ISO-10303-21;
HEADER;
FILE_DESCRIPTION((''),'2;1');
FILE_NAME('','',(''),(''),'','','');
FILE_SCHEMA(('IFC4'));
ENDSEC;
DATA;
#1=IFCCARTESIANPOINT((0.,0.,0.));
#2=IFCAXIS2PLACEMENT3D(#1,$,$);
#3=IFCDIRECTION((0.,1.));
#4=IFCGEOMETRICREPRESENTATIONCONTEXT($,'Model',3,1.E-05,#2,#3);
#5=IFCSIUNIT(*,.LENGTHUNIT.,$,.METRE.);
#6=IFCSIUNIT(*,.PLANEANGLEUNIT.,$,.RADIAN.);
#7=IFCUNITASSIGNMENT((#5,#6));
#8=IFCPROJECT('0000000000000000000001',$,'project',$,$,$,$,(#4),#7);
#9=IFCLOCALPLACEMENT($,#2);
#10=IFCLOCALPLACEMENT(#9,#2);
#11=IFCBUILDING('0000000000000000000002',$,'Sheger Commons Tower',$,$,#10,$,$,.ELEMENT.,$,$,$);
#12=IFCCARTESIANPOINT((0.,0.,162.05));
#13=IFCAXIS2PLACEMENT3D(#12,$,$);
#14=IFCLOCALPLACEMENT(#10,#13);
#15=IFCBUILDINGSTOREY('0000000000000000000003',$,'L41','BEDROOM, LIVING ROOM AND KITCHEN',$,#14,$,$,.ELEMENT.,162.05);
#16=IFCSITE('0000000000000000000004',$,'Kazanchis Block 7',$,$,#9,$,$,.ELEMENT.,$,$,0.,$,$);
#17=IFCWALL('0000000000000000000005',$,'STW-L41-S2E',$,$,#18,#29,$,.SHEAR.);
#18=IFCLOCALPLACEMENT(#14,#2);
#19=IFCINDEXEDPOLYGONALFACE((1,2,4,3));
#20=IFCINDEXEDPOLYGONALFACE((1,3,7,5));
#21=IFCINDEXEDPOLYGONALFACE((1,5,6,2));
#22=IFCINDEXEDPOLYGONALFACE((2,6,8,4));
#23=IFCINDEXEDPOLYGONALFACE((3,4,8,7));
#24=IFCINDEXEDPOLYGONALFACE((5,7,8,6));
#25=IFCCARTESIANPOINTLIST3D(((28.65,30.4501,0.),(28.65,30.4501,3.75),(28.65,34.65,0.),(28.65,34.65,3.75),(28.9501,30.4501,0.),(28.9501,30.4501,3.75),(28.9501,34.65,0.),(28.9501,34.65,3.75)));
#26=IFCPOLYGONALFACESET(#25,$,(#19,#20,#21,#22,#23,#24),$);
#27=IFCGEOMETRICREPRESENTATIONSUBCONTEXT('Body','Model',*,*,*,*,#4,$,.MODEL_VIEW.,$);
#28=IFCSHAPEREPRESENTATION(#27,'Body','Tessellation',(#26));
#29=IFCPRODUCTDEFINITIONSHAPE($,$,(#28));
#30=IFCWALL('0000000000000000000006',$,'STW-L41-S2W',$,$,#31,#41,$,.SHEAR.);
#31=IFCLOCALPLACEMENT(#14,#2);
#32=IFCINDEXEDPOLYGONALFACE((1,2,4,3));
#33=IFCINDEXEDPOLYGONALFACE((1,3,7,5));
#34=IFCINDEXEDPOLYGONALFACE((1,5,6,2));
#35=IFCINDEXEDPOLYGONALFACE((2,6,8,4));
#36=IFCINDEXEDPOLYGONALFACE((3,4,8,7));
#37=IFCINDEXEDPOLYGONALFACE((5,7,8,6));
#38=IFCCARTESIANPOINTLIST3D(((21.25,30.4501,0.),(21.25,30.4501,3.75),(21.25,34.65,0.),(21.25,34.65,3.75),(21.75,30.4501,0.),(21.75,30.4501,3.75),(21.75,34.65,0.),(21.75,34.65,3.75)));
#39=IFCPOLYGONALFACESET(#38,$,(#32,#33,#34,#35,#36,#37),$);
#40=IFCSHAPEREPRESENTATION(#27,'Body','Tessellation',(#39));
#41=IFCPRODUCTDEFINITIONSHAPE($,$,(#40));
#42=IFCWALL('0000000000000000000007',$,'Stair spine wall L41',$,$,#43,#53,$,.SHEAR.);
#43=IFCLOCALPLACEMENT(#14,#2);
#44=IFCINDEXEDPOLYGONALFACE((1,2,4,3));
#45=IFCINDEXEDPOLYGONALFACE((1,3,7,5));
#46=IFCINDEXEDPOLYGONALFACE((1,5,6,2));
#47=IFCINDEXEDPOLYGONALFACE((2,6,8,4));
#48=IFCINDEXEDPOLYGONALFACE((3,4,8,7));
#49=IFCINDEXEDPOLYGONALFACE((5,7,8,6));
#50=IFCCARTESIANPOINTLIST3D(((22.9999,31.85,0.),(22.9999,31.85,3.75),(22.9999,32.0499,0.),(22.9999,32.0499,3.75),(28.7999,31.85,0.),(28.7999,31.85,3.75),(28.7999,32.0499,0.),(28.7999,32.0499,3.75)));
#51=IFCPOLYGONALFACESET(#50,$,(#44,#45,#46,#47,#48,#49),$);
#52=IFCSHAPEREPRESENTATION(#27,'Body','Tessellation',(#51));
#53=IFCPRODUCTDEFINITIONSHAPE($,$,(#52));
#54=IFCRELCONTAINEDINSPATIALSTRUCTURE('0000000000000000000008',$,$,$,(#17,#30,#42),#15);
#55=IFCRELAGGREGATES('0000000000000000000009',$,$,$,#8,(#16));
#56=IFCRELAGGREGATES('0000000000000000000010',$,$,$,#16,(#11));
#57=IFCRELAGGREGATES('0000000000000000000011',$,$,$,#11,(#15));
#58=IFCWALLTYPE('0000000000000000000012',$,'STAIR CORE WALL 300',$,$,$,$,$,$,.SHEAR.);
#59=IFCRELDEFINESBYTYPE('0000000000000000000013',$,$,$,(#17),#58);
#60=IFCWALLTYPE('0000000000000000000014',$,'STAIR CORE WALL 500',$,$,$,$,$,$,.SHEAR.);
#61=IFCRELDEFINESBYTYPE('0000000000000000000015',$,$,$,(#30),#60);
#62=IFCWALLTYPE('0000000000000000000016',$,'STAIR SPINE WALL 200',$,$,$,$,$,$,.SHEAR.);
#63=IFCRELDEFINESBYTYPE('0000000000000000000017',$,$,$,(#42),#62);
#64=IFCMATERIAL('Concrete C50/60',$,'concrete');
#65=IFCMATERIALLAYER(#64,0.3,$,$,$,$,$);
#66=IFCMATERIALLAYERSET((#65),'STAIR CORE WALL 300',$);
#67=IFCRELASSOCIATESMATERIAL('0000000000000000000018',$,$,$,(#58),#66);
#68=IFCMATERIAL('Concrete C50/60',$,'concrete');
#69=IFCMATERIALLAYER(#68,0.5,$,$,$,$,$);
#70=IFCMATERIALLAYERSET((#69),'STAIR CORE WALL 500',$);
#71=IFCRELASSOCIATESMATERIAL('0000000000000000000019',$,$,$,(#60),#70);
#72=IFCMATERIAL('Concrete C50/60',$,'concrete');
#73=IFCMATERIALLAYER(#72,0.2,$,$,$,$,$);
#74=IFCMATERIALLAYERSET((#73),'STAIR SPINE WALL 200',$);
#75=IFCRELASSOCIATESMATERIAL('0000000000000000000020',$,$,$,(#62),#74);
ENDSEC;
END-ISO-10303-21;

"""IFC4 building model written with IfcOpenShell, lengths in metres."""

from ifc_helpers import new_model, si_unit, direction, frame, frame_2d, origin, place, context, subcontext, project, spatial, rectangle, extrude, material, layer, layer_set, type_object, element, save


model = new_model("IFC4")

# Units and contexts
model_context = context("Model", 3, precision=1e-05, world=origin(), true_north=direction((0.0, 1.0)))
body_context = subcontext(model_context, "Body", "Model", "MODEL_VIEW")
ifc_project = project(units=[si_unit("LENGTHUNIT", "METRE"), si_unit("PLANEANGLEUNIT", "RADIAN")], contexts=[model_context])

# Site, building, storey
site_placement = place(None, origin())
site = spatial("IfcSite", under=ifc_project, at=site_placement, Name="Kazanchis Block 7", CompositionType="ELEMENT", RefElevation=0.0)
building_placement = place(site_placement, origin())
building = spatial("IfcBuilding", under=site, at=building_placement, Name="Sheger Commons Tower", CompositionType="ELEMENT")
storey_placement = place(building_placement, frame((0.0, 0.0, 162.05)))
storey = spatial("IfcBuildingStorey", under=building, at=storey_placement, Name="L41", Description="BEDROOM, LIVING ROOM AND KITCHEN", CompositionType="ELEMENT", Elevation=162.05)

# Shared definitions
ifc_material_1 = material(Name="Concrete C50/60", Category="concrete")
ifc_layer_1 = layer(ifc_material_1, 0.3)
ifc_layer_set_1 = layer_set([ifc_layer_1], Name="STAIR CORE WALL 300")
wall_type_1 = type_object("IfcWallType", Name="STAIR CORE WALL 300", PredefinedType="SHEAR", material=ifc_layer_set_1)

# Walls
wall_1_placement = place(storey_placement, frame((28.8, 30.45, 0.0), z_axis=(0.0, 0.0, 1.0), x_axis=(0.0, 1.0, 0.0)))
element("IfcWall", 1, at=wall_1_placement, inside=storey, type_object=wall_type_1, Name="STW-L41-S2E", PredefinedType="SHEAR", context=body_context, shape_type="SweptSolid", body=[
    extrude(rectangle(XDim=4.2, YDim=0.3, at=frame_2d((2.1001, 0.0))), origin(), (0.0, 0.0, 1.0), 3.75),
])
ifc_material_2 = material(Name="Concrete C50/60", Category="concrete")
ifc_layer_2 = layer(ifc_material_2, 0.5)
ifc_layer_set_2 = layer_set([ifc_layer_2], Name="STAIR CORE WALL 500")
wall_type_2 = type_object("IfcWallType", Name="STAIR CORE WALL 500", PredefinedType="SHEAR", material=ifc_layer_set_2)
wall_2_placement = place(storey_placement, frame((21.5, 30.45, 0.0), z_axis=(0.0, 0.0, 1.0), x_axis=(0.0, 1.0, 0.0)))
element("IfcWall", 2, at=wall_2_placement, inside=storey, type_object=wall_type_2, Name="STW-L41-S2W", PredefinedType="SHEAR", context=body_context, shape_type="SweptSolid", body=[
    extrude(rectangle(XDim=4.2, YDim=0.5, at=frame_2d((2.1001, 0.0))), origin(), (0.0, 0.0, 1.0), 3.75),
])
ifc_material_3 = material(Name="Concrete C50/60", Category="concrete")
ifc_layer_3 = layer(ifc_material_3, 0.2)
ifc_layer_set_3 = layer_set([ifc_layer_3], Name="STAIR SPINE WALL 200")
wall_type_3 = type_object("IfcWallType", Name="STAIR SPINE WALL 200", PredefinedType="SHEAR", material=ifc_layer_set_3)
wall_3_placement = place(storey_placement, frame((23.0, 31.95, 0.0), z_axis=(0.0, 0.0, 1.0), x_axis=(1.0, 0.0, 0.0)))
element("IfcWall", 3, at=wall_3_placement, inside=storey, type_object=wall_type_3, Name="Stair spine wall L41", PredefinedType="SHEAR", context=body_context, shape_type="SweptSolid", body=[
    extrude(rectangle(XDim=5.8, YDim=0.2, at=frame_2d((2.8999, 0.0))), origin(), (0.0, 0.0, 1.0), 3.75),
])

save(model, "model.ifc")
